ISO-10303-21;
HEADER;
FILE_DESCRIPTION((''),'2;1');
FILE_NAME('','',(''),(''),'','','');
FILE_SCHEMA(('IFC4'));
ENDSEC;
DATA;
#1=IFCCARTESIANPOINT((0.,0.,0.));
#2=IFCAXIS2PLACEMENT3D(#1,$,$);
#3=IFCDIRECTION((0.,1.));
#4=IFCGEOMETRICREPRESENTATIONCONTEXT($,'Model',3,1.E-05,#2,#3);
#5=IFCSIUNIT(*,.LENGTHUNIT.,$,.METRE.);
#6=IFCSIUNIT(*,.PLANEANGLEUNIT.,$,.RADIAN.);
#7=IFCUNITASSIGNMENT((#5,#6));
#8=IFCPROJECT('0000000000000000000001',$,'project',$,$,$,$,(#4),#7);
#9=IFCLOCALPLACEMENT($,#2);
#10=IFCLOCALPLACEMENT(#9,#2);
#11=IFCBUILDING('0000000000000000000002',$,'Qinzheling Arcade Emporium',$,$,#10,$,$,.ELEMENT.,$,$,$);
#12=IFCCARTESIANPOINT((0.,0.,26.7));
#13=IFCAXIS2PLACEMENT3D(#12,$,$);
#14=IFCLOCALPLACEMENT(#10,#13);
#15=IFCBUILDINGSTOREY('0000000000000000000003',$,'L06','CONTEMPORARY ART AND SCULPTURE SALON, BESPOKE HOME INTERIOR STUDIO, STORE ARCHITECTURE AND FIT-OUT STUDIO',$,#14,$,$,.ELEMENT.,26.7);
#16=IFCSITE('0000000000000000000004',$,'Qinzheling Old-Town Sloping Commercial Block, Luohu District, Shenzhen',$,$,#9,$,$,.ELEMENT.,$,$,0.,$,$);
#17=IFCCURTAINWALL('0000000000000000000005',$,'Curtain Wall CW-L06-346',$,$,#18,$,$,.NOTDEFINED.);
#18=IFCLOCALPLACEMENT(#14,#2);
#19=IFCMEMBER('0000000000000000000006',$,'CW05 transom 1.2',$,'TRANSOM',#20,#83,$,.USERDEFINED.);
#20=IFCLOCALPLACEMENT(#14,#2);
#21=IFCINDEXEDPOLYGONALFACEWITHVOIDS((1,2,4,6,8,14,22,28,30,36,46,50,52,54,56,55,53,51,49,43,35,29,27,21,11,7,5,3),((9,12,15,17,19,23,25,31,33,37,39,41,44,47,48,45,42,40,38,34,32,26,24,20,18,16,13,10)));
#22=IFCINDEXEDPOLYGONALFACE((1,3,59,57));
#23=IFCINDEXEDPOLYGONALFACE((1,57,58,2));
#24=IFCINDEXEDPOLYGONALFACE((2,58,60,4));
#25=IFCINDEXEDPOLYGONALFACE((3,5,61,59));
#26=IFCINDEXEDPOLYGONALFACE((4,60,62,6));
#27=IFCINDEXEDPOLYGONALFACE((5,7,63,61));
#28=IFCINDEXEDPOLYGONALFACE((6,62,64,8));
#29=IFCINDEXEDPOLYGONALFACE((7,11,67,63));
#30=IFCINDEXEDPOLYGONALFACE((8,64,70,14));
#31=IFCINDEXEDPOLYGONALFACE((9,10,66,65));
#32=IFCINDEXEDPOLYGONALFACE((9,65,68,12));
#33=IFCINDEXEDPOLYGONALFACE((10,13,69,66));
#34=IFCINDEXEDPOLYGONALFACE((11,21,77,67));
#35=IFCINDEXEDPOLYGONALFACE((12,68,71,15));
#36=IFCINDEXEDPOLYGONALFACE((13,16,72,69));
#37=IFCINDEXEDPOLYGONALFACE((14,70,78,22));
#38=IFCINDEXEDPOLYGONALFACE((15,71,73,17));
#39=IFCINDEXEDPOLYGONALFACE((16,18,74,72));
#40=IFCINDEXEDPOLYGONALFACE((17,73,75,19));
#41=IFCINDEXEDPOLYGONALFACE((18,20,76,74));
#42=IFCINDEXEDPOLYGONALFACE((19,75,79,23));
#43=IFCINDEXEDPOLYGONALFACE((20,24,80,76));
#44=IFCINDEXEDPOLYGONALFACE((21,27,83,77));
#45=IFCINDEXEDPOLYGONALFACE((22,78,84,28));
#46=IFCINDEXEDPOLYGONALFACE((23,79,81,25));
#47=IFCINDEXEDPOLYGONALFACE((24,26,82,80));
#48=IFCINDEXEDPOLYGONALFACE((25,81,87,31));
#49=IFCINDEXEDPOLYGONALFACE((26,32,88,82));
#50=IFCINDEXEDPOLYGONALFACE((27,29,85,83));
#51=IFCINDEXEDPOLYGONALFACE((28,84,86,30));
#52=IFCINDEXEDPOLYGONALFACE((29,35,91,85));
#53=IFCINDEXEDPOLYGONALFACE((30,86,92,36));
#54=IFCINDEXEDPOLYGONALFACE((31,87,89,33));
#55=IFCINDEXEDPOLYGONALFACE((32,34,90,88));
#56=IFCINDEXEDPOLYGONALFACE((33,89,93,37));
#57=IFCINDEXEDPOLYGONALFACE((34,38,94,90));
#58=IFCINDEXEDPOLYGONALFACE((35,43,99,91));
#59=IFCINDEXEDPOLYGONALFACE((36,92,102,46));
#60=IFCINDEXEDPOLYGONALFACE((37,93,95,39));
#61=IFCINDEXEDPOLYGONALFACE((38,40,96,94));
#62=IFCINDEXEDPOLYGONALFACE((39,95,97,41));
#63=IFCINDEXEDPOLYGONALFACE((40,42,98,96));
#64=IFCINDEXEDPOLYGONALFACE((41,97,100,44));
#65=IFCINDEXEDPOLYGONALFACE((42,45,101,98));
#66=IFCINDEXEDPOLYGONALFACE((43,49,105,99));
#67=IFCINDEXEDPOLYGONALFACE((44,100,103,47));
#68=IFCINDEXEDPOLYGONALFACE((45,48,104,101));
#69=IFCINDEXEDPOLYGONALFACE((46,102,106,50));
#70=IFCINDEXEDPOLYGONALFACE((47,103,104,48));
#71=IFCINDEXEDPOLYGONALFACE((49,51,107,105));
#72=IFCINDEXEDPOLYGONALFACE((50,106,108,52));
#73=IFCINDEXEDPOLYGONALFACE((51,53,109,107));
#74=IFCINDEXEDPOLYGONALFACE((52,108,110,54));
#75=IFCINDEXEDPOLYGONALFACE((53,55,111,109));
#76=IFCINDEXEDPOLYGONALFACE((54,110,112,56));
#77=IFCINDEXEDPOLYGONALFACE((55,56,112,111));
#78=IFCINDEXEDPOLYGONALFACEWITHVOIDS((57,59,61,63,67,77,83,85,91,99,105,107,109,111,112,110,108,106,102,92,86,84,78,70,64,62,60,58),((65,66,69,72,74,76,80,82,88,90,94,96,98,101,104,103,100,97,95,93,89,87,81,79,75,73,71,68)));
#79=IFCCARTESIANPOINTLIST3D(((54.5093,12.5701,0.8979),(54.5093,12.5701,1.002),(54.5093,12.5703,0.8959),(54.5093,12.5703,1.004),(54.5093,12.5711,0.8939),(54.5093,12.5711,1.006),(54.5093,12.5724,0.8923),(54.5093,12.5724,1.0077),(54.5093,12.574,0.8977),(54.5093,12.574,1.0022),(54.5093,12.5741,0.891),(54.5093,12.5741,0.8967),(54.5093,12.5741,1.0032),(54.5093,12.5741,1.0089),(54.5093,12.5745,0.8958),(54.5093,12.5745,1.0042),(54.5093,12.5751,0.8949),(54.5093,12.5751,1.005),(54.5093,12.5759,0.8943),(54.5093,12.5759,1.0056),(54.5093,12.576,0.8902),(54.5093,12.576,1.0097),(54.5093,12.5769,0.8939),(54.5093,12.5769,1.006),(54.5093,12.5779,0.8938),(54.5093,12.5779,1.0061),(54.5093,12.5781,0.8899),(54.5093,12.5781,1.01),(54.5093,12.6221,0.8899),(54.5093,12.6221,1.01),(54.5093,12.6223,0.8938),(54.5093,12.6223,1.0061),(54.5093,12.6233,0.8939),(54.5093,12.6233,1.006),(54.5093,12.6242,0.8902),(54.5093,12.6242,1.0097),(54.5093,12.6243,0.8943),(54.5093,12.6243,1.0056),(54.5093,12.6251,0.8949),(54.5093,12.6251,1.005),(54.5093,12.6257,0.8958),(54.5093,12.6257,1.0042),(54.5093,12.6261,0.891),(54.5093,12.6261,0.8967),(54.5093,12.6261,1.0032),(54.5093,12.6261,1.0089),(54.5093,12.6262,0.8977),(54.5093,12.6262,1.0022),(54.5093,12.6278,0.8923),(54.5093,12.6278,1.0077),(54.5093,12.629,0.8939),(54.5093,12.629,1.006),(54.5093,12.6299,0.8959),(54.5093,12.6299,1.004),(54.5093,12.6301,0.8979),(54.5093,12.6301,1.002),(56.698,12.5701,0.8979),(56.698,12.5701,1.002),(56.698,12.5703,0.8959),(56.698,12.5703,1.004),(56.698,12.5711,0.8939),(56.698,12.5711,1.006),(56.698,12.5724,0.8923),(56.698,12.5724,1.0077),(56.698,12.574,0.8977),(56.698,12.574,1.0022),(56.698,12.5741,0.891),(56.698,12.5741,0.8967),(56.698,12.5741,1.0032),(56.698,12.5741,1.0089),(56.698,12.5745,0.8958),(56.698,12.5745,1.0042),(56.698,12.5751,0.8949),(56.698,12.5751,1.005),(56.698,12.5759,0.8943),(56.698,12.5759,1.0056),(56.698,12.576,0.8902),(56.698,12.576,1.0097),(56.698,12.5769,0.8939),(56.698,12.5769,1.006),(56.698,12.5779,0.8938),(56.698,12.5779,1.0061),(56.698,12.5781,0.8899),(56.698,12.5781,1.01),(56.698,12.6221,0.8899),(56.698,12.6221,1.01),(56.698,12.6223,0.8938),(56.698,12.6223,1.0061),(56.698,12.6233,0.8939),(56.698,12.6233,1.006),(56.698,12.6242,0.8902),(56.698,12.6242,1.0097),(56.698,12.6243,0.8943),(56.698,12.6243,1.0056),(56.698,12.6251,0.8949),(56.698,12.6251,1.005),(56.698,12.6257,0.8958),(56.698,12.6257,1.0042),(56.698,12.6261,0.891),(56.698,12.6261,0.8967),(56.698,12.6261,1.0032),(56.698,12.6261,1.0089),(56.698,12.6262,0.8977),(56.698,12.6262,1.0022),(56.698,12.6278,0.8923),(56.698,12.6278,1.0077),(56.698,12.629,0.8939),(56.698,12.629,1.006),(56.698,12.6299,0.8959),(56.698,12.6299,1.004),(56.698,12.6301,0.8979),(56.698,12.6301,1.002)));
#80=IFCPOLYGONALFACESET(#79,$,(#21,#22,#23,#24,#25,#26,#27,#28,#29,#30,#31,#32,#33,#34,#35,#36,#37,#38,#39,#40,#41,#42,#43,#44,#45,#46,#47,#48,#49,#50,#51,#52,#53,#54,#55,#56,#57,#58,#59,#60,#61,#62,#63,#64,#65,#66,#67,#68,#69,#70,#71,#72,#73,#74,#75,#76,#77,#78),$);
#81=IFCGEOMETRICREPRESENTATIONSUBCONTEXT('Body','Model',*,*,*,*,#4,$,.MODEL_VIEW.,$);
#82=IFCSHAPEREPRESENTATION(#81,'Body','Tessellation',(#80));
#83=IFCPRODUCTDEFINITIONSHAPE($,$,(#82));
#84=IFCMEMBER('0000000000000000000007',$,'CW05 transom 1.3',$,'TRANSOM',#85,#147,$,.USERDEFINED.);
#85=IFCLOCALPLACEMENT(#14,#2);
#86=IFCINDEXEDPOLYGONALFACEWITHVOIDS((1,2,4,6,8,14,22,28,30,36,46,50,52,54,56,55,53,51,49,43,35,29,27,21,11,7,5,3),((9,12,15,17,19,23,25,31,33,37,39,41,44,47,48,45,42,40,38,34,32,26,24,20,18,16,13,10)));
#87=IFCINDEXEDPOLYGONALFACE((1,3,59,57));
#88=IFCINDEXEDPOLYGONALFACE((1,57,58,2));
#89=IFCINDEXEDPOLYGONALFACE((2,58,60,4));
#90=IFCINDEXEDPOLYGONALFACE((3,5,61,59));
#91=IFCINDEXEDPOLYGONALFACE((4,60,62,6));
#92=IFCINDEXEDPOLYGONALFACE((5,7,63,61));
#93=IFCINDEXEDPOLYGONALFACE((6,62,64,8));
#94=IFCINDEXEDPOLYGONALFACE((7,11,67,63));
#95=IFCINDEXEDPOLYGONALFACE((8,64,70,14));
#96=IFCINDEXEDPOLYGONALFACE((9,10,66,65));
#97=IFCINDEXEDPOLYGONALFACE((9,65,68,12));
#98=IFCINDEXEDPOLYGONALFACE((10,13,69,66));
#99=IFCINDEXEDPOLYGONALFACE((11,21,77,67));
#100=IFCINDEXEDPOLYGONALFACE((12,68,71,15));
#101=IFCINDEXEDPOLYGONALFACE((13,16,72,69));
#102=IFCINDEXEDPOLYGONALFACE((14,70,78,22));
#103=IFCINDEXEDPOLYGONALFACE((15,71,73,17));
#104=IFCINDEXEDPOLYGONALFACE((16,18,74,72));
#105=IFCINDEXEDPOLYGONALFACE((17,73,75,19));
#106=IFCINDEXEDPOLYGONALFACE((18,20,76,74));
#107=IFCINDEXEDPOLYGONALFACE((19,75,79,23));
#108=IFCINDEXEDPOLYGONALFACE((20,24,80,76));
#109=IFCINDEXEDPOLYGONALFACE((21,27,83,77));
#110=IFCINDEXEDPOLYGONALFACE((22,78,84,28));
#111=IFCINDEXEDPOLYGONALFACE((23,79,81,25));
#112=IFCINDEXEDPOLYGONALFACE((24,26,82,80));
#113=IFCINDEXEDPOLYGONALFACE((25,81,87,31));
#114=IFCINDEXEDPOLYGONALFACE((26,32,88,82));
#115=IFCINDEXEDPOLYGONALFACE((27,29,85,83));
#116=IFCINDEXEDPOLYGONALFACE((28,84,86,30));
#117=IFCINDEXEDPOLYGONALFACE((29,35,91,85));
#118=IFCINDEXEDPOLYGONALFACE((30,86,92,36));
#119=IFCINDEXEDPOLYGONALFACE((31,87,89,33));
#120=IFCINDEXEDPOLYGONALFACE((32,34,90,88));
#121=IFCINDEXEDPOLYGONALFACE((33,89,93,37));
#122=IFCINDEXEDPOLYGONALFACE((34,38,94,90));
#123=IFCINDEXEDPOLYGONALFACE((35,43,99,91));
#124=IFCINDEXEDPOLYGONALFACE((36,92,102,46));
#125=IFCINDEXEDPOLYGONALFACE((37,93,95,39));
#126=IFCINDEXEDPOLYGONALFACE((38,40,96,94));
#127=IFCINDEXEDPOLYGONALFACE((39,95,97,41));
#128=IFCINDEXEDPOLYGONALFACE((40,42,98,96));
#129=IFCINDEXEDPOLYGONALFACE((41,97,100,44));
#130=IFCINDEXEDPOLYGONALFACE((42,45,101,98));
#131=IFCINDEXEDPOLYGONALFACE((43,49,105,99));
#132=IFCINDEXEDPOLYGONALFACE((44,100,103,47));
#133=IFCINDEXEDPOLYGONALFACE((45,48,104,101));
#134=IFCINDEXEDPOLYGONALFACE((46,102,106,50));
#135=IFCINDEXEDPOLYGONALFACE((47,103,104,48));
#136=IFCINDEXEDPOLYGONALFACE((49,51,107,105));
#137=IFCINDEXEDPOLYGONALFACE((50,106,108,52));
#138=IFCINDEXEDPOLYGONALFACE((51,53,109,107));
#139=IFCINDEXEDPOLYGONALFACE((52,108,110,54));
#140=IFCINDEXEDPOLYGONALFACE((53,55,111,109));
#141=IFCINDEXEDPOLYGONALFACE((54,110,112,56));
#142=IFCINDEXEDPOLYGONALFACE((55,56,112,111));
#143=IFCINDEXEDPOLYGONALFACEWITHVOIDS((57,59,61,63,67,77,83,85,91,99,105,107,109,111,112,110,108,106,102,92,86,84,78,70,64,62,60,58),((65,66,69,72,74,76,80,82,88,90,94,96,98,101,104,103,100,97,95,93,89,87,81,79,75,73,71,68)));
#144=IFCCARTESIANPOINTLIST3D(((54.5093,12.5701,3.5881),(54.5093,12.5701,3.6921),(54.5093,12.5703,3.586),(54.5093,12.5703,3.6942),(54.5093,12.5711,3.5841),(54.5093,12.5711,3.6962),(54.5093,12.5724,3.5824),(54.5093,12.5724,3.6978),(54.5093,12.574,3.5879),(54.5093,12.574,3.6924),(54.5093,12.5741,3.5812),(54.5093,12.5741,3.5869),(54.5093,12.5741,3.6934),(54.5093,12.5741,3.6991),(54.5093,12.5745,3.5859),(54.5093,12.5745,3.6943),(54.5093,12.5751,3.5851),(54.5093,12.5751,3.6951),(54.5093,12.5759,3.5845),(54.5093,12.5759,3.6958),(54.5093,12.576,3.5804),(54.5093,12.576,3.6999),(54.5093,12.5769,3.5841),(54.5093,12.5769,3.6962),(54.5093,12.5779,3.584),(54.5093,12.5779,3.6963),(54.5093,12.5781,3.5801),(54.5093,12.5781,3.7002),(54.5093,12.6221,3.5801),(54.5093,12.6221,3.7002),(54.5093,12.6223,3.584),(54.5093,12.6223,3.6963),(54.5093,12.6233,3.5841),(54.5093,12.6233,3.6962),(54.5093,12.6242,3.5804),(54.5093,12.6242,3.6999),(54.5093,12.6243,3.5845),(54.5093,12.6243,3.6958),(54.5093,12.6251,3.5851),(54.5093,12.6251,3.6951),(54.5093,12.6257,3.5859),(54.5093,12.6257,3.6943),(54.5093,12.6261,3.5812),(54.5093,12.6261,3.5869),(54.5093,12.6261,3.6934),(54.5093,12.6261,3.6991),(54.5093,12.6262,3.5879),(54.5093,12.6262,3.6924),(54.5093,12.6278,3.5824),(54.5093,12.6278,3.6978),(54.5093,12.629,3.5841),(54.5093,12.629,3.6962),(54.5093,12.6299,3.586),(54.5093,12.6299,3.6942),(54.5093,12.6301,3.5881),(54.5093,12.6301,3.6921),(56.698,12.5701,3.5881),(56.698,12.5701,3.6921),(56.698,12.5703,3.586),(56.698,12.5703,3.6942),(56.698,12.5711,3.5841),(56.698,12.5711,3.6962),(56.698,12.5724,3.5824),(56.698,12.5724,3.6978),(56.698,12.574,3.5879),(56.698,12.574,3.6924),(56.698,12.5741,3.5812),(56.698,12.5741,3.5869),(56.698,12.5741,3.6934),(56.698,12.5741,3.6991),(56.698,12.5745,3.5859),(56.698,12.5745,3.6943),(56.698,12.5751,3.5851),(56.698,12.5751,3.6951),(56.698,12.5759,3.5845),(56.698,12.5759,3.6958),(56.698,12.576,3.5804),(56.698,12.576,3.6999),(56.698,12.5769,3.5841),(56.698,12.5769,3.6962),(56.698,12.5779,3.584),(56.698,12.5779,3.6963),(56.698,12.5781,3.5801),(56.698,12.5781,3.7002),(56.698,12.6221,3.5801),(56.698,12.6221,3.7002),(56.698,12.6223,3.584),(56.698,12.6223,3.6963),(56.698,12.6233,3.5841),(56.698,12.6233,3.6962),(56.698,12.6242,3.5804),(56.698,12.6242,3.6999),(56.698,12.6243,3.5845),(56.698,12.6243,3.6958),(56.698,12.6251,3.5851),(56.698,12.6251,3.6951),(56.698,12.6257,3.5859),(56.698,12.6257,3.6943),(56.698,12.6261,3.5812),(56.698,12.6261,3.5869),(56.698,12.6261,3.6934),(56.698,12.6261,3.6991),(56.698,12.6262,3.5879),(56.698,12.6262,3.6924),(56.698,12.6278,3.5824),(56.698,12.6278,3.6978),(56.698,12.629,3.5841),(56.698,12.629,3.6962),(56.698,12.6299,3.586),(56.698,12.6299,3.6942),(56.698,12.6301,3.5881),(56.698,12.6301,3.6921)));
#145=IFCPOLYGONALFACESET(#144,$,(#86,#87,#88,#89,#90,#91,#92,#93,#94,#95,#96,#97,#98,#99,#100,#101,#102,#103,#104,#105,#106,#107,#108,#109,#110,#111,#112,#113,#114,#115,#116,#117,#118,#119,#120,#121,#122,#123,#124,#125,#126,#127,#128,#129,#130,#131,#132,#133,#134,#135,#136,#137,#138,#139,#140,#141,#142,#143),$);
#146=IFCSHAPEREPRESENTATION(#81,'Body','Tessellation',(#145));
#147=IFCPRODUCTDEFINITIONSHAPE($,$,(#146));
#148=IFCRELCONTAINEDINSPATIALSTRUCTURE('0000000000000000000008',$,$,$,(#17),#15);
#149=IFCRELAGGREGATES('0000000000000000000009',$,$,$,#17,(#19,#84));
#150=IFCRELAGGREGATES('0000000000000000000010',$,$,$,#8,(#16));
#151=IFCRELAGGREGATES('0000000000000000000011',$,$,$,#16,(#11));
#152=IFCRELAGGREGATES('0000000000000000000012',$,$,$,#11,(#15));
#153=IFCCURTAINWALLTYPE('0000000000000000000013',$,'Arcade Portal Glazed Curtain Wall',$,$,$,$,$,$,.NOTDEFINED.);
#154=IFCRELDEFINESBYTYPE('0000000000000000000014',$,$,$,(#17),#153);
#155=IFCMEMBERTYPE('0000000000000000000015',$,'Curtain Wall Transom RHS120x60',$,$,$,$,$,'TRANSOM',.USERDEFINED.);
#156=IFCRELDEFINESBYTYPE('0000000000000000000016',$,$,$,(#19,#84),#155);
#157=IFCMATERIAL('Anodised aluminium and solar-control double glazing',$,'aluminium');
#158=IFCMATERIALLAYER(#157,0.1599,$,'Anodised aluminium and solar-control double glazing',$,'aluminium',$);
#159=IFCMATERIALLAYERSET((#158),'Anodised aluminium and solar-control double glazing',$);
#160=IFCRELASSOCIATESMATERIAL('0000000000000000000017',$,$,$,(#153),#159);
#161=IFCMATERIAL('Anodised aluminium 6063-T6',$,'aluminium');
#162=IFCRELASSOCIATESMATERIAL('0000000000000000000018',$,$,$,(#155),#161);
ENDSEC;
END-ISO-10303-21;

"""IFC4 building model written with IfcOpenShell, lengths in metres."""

from ifc_helpers import new_model, si_unit, direction, frame, origin, origin_2d, place, context, subcontext, project, spatial, hollow_rectangle, extrude, material, layer, layer_set, material_profile, profile_set, type_object, element, aggregate, save


model = new_model("IFC4")

# Units and contexts
model_context = context("Model", 3, precision=1e-05, world=origin(), true_north=direction((0.0, 1.0)))
body_context = subcontext(model_context, "Body", "Model", "MODEL_VIEW")
ifc_project = project(units=[si_unit("LENGTHUNIT", "METRE"), si_unit("PLANEANGLEUNIT", "RADIAN")], contexts=[model_context])

# Site, building, storey
site_placement = place(None, origin())
site = spatial("IfcSite", under=ifc_project, at=site_placement, Name="Qinzheling Old-Town Sloping Commercial Block, Luohu District, Shenzhen", CompositionType="ELEMENT", RefElevation=0.0)
building_placement = place(site_placement, origin())
building = spatial("IfcBuilding", under=site, at=building_placement, Name="Qinzheling Arcade Emporium", CompositionType="ELEMENT")
storey_placement = place(building_placement, frame((0.0, 0.0, 26.7)))
storey = spatial("IfcBuildingStorey", under=building, at=storey_placement, Name="L06", Description="CONTEMPORARY ART AND SCULPTURE SALON, BESPOKE HOME INTERIOR STUDIO, STORE ARCHITECTURE AND FIT-OUT STUDIO", CompositionType="ELEMENT", Elevation=26.7)

# Curtain wall
ifc_material_1 = material(Name="Anodised aluminium and solar-control double glazing", Category="aluminium")
ifc_layer_1 = layer(ifc_material_1, 0.1599, Name="Anodised aluminium and solar-control double glazing", Category="aluminium")
ifc_layer_set_1 = layer_set([ifc_layer_1], Name="Anodised aluminium and solar-control double glazing")
curtain_wall_type = type_object("IfcCurtainWallType", Name="Arcade Portal Glazed Curtain Wall", PredefinedType="NOTDEFINED", material=ifc_layer_set_1)
curtain_wall_1_placement = place(storey_placement, origin())
curtain_wall_1 = element("IfcCurtainWall", 1, at=curtain_wall_1_placement, inside=storey, type_object=curtain_wall_type, Name="Curtain Wall CW-L06-346", PredefinedType="NOTDEFINED")
ifc_material_2 = material(Name="Anodised aluminium 6063-T6", Category="aluminium")

# Members
ifc_material_profile_1 = material_profile(ifc_material_2, hollow_rectangle(XDim=0.0601, YDim=0.1201, WallThickness=0.0039, InnerFilletRadius=0.0039, OuterFilletRadius=0.0081, at=origin_2d()), Name="RHS 120x60x4", Category="aluminium")
ifc_profile_set_1 = profile_set([ifc_material_profile_1], Name="Anodised aluminium 6063-T6")
member_type_1 = type_object("IfcMemberType", Name="Curtain Wall Transom RHS120x60", ElementType="TRANSOM", PredefinedType="USERDEFINED", material=ifc_profile_set_1)
member_1_placement = place(storey_placement, frame((56.698, 12.6001, 0.95), z_axis=(-1.0, 0.0, 0.0), x_axis=(0.0, -1.0, 0.0)))
member_1 = element("IfcMember", 2, at=member_1_placement, type_object=member_type_1, Name="CW05 transom 1.2", ObjectType="TRANSOM", PredefinedType="USERDEFINED", context=body_context, shape_type="SweptSolid", body=[
    extrude(hollow_rectangle(XDim=0.0601, YDim=0.1201, WallThickness=0.0039, InnerFilletRadius=0.0039, OuterFilletRadius=0.0081, at=origin_2d()), origin(), (0.0, 0.0, 1.0), 2.1887),
])
member_2_placement = place(storey_placement, frame((56.698, 12.6001, 3.6401), z_axis=(-1.0, 0.0, 0.0), x_axis=(0.0, -1.0, 0.0)))
member_2 = element("IfcMember", 3, at=member_2_placement, type_object=member_type_1, Name="CW05 transom 1.3", ObjectType="TRANSOM", PredefinedType="USERDEFINED", context=body_context, shape_type="SweptSolid", body=[
    extrude(hollow_rectangle(XDim=0.0601, YDim=0.1201, WallThickness=0.0039, InnerFilletRadius=0.0039, OuterFilletRadius=0.0081, at=origin_2d()), origin(), (0.0, 0.0, 1.0), 2.1887),
])

aggregate(curtain_wall_1, [member_1, member_2])

save(model, "model.ifc")
